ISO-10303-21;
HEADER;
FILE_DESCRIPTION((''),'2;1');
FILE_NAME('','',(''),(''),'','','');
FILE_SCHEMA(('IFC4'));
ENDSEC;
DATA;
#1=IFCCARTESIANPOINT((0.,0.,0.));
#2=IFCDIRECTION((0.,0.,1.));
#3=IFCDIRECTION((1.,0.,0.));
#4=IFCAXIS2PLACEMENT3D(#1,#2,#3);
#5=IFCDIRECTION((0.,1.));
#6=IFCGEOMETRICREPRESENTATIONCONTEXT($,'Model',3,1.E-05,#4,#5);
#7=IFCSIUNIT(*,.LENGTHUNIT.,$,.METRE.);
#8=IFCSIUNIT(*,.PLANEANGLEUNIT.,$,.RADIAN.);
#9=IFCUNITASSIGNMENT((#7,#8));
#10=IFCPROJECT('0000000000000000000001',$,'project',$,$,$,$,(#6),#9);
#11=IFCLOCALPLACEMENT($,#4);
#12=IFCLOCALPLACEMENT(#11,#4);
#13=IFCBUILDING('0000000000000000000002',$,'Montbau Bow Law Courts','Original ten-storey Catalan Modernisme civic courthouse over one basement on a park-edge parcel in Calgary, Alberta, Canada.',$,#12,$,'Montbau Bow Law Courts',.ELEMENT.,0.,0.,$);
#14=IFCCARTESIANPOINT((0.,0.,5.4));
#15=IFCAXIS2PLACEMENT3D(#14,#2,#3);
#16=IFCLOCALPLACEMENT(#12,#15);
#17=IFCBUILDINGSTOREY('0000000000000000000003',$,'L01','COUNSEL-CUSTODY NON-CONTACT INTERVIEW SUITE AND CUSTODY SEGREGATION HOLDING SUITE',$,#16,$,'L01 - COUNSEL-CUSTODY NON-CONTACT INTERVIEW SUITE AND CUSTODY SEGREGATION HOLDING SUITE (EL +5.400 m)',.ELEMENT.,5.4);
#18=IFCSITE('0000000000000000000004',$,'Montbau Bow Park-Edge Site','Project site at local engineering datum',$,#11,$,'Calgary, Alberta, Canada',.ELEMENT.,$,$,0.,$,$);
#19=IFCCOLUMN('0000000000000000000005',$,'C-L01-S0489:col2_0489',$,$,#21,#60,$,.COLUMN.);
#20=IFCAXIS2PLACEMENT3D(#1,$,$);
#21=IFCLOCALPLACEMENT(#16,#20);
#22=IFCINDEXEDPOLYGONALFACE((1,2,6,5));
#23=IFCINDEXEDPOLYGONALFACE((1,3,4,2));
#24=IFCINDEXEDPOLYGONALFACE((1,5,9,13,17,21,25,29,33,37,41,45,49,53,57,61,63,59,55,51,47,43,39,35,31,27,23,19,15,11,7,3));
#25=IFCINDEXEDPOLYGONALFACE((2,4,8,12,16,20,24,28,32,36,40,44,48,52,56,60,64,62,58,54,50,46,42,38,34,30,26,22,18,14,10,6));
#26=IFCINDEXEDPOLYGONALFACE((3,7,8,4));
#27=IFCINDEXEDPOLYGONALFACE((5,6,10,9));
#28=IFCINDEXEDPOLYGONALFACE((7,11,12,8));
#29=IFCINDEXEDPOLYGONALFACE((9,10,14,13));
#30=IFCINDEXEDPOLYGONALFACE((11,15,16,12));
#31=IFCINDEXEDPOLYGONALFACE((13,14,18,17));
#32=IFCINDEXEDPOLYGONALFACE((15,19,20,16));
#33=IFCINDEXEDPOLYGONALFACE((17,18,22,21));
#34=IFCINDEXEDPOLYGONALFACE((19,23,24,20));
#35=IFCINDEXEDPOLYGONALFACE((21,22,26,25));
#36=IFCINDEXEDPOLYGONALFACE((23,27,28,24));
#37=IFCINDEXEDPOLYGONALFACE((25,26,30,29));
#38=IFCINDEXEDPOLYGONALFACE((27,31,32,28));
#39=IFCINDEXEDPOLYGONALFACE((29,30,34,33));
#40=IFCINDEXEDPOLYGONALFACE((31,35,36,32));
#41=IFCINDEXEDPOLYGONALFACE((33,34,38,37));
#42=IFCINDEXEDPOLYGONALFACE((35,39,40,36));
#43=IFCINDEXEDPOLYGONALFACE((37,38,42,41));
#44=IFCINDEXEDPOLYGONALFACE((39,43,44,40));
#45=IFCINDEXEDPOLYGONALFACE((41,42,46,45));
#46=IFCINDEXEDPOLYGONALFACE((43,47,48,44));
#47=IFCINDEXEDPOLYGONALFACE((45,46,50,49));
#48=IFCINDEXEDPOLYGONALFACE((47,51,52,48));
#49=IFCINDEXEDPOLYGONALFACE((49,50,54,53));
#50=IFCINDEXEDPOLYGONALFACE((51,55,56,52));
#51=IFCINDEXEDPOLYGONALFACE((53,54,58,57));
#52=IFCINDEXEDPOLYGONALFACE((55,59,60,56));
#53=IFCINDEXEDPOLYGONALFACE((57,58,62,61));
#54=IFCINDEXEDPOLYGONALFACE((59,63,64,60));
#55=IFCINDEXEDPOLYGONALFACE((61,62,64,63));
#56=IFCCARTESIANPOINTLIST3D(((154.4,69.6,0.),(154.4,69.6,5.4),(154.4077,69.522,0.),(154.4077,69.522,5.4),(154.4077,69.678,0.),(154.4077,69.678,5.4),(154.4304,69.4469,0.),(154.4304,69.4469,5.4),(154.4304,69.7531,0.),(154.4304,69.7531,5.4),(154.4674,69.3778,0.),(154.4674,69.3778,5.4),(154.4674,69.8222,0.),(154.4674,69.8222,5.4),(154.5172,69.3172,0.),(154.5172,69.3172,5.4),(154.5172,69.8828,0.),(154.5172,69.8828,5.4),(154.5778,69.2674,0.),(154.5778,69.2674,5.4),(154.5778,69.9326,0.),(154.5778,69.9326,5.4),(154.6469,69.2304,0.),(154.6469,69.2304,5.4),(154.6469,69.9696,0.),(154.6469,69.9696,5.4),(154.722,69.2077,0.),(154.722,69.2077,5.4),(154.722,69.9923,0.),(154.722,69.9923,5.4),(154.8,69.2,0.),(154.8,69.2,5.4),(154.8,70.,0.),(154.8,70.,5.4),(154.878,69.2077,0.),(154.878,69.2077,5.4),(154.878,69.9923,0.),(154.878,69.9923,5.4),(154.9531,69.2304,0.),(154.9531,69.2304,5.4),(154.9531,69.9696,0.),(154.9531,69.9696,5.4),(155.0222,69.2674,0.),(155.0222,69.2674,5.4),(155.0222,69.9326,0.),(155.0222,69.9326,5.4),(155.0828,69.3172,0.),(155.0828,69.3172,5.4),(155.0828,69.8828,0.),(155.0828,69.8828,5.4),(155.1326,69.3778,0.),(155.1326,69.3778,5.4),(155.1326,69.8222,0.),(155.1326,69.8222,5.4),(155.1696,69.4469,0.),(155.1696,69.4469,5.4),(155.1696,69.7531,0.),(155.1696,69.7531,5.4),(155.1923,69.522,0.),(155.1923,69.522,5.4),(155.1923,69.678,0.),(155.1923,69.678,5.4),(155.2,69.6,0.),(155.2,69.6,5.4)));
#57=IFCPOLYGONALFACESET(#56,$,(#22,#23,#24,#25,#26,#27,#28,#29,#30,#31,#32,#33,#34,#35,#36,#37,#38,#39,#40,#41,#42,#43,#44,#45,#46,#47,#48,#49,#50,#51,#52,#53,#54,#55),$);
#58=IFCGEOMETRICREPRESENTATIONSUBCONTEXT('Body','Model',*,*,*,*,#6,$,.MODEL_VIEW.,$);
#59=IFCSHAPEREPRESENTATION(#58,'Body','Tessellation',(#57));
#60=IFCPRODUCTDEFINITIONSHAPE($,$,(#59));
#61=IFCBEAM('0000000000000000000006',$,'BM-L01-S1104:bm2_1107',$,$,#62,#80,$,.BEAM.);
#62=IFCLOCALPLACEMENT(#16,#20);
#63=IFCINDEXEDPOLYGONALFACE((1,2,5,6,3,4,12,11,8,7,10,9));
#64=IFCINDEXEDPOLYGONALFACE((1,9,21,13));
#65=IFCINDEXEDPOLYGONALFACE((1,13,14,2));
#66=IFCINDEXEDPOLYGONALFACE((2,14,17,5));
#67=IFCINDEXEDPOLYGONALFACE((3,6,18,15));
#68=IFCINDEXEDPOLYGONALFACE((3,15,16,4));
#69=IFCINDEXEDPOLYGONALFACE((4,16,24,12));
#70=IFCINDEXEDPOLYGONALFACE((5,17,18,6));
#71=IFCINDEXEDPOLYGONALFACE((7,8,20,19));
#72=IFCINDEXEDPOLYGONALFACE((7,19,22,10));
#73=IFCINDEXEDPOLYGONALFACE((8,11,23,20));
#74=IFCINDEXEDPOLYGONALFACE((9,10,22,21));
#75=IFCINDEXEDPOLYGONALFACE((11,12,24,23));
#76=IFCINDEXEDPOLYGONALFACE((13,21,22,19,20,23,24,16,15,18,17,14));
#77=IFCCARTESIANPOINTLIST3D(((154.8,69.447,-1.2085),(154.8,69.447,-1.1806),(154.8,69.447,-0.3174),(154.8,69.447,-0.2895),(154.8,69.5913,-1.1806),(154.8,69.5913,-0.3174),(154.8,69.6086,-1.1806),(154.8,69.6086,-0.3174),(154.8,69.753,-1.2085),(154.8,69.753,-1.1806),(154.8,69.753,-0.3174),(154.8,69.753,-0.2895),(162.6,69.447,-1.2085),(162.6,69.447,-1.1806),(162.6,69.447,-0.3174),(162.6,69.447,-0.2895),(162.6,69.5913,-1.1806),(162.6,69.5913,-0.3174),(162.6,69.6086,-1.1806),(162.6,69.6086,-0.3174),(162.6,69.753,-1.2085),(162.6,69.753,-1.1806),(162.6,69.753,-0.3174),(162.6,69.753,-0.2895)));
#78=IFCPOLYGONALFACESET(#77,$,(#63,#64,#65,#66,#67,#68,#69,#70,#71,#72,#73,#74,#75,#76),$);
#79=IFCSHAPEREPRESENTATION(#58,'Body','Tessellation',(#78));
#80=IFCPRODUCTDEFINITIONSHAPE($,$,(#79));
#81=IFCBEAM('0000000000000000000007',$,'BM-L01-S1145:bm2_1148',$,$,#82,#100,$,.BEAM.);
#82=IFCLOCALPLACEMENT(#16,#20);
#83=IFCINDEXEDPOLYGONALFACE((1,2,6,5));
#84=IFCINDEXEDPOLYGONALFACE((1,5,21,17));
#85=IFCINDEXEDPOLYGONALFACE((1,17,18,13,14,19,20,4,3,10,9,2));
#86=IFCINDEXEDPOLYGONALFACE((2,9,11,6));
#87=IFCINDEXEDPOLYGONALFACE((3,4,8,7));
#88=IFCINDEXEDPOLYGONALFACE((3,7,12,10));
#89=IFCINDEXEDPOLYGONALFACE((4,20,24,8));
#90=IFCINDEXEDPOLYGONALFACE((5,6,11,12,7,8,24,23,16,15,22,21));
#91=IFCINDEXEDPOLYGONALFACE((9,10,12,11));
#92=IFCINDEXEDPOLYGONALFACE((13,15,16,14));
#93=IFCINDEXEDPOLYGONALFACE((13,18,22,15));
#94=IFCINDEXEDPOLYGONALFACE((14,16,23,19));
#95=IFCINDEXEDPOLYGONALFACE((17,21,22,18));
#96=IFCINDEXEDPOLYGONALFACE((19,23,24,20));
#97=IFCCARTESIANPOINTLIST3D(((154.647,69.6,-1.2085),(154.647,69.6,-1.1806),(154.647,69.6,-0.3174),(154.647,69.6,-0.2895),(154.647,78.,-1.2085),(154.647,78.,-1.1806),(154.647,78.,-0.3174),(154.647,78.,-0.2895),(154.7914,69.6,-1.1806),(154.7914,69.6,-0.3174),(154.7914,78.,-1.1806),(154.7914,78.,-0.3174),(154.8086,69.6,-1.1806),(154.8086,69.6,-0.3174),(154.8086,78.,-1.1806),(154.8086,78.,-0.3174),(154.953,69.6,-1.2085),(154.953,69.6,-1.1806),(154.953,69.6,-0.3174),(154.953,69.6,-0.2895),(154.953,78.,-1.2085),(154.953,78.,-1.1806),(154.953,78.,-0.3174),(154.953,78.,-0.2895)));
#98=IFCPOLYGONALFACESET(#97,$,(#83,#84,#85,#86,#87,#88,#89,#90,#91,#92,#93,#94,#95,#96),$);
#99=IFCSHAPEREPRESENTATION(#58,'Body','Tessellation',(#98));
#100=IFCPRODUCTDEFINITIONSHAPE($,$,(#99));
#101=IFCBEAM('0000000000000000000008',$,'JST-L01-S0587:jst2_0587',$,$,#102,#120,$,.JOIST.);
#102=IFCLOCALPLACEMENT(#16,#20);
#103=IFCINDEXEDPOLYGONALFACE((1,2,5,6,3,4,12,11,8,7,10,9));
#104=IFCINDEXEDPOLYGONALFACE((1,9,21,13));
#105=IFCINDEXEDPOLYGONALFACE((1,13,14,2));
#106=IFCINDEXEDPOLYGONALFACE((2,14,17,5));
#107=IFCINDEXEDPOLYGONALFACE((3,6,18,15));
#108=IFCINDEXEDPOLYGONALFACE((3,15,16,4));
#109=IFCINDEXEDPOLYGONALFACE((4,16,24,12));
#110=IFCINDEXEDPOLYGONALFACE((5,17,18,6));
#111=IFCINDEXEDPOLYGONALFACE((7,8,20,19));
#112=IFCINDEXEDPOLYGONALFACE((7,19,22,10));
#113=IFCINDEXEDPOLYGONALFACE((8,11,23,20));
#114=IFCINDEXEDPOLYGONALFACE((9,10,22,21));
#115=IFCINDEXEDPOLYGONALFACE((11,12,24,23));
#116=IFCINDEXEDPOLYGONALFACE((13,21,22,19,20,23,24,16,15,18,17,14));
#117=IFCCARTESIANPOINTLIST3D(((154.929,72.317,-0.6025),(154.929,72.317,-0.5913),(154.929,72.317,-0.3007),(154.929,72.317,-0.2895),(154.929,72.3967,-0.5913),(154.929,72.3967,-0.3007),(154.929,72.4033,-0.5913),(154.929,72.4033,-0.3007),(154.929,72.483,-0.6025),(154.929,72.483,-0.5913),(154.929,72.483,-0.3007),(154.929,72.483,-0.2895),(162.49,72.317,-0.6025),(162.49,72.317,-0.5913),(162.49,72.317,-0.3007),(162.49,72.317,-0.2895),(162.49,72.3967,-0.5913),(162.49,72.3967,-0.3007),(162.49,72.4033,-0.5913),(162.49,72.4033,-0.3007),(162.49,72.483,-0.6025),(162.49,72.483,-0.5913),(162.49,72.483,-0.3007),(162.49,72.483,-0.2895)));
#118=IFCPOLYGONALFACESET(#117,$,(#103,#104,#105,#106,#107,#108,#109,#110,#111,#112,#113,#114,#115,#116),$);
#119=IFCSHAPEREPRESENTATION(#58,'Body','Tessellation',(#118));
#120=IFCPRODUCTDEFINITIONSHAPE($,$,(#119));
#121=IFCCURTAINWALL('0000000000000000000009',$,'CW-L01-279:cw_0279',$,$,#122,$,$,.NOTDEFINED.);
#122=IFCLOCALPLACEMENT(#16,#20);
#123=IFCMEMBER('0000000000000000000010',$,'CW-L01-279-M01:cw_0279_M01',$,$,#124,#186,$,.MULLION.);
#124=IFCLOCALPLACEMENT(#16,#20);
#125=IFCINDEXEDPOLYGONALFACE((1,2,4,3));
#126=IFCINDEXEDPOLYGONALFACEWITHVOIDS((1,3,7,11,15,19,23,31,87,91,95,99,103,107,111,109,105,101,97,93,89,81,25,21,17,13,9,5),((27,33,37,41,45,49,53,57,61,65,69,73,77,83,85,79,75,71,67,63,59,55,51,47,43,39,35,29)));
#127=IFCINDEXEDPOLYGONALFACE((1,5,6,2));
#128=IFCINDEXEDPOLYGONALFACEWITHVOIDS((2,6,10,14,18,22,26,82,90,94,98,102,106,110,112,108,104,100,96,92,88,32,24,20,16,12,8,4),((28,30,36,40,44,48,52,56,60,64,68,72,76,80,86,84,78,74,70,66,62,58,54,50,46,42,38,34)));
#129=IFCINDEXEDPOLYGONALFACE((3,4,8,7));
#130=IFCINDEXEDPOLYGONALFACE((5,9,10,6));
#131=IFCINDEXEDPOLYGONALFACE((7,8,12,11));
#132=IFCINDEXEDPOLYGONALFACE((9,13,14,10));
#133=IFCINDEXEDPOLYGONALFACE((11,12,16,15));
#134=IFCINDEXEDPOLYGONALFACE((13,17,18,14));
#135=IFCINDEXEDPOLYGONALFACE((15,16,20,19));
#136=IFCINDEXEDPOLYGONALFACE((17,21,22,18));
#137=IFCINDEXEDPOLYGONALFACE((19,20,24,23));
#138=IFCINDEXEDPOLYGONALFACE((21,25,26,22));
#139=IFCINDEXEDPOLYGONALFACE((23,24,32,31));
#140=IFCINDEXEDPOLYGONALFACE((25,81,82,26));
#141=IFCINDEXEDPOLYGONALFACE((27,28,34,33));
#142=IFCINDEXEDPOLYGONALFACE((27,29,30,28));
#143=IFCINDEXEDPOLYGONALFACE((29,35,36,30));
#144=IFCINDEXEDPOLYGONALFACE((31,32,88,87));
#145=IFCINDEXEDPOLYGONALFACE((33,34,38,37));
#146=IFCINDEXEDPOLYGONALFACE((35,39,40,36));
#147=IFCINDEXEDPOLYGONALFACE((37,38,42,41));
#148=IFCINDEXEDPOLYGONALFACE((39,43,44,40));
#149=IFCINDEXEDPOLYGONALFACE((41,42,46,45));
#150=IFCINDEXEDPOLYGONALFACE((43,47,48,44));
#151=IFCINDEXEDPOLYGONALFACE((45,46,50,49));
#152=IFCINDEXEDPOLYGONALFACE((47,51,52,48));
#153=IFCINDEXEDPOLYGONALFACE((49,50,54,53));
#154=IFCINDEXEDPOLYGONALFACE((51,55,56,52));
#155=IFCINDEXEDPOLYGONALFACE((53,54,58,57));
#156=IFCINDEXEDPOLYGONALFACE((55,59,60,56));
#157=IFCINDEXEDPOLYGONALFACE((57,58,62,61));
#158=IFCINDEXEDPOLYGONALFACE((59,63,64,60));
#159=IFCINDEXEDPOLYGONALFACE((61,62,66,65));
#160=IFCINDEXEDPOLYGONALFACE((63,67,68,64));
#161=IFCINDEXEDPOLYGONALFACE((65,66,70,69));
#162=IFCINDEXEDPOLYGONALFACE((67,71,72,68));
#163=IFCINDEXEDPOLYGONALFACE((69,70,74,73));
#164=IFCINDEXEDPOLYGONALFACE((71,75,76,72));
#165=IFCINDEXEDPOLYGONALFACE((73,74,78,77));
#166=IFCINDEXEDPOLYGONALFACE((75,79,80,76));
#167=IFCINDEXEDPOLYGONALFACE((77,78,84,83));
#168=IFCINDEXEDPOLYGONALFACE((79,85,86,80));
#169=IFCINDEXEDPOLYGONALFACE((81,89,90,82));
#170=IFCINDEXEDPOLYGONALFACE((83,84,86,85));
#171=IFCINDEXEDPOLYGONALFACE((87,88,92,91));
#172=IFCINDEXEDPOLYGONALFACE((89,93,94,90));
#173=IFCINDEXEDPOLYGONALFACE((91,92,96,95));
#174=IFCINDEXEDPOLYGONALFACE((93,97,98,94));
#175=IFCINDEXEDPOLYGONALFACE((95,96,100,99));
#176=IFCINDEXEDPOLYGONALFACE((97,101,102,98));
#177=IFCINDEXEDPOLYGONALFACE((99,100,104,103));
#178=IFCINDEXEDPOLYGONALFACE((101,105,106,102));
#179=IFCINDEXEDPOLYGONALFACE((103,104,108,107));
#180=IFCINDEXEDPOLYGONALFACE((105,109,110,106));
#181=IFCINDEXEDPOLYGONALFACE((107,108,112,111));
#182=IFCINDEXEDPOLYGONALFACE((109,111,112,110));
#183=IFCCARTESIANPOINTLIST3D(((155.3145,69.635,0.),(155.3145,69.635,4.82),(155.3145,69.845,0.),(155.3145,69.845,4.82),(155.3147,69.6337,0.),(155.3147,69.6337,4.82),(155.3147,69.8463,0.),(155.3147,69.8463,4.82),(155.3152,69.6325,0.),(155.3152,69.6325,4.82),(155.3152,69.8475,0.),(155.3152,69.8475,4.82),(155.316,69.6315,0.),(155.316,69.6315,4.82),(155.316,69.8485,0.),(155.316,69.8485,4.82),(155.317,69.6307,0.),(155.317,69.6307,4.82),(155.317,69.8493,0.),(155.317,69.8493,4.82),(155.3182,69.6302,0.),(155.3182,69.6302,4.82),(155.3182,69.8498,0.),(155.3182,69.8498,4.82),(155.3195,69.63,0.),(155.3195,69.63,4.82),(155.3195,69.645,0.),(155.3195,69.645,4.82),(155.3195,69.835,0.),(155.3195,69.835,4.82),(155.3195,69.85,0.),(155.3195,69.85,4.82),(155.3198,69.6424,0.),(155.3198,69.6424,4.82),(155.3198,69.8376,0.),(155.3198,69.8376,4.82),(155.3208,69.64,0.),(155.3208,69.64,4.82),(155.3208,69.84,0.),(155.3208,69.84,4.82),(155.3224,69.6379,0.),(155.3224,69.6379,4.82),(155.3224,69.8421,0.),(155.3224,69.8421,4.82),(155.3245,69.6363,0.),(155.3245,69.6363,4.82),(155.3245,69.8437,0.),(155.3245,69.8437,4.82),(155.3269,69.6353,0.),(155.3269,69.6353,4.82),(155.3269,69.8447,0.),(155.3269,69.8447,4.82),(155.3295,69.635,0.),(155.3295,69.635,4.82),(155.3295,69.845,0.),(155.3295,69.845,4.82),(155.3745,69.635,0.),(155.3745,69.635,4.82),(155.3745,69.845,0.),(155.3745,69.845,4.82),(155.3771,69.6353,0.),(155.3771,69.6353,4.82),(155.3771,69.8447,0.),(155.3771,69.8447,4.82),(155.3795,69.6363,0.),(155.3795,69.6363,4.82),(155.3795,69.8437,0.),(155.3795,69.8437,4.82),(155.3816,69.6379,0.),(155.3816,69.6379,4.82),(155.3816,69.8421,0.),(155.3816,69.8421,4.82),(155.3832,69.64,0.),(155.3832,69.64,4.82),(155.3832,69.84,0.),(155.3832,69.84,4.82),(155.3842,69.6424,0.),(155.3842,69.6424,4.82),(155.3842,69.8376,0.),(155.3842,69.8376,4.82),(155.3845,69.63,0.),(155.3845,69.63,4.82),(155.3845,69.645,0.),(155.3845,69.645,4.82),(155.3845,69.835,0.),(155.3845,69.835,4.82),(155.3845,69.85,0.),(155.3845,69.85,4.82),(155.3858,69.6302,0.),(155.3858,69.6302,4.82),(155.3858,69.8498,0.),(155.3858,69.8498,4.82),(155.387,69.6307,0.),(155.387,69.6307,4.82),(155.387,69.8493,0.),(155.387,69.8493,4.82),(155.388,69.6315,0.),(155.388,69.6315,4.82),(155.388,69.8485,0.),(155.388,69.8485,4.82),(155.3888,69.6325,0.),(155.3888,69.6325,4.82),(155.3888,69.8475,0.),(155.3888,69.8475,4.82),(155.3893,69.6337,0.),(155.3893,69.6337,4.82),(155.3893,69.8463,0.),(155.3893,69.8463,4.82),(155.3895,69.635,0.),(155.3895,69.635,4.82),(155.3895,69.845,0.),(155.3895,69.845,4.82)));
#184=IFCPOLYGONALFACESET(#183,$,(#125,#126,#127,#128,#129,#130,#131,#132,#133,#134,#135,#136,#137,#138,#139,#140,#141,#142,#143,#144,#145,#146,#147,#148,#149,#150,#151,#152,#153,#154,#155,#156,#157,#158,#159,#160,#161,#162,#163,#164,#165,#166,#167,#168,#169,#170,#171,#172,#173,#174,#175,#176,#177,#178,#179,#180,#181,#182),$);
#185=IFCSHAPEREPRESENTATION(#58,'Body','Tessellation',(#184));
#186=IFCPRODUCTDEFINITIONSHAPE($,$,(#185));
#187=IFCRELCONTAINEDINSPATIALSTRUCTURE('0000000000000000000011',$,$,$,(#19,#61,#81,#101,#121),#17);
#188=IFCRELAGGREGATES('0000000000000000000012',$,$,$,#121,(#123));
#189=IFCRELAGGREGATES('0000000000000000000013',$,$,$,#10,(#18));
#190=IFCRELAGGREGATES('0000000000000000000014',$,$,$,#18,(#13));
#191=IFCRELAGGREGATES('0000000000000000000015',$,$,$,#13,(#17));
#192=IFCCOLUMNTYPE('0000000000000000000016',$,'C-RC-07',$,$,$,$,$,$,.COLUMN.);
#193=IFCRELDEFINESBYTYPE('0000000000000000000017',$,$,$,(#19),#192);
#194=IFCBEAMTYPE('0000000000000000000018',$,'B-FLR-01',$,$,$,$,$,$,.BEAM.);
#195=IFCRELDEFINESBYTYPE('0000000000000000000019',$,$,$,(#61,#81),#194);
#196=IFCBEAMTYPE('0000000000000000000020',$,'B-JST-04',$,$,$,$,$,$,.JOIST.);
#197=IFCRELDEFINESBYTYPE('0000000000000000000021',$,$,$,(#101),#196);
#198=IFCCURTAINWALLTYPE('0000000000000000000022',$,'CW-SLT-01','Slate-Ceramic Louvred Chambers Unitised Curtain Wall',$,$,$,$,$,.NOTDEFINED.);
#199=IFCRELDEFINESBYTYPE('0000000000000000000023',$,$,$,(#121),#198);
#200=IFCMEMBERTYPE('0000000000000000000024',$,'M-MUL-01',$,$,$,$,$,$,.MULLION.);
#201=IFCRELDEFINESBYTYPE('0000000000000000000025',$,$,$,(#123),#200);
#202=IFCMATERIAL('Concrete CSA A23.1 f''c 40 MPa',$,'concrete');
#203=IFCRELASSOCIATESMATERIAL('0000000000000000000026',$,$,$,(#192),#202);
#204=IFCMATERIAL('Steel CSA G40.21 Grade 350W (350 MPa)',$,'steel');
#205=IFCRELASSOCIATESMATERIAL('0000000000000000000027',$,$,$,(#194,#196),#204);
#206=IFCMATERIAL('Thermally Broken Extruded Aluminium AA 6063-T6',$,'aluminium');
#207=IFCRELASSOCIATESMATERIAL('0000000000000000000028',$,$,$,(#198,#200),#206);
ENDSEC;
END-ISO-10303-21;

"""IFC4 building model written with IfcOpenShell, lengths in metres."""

from ifc_helpers import new_model, si_unit, direction, frame, origin_with_axes, origin_2d_with_axis, place, context, subcontext, project, spatial, hollow_rectangle, circle, i_section, extrude, material, material_profile, profile_set, type_object, element, aggregate, save


model = new_model("IFC4")

# Units and contexts
model_context = context("Model", 3, precision=1e-05, world=origin_with_axes(), true_north=direction((0.0, 1.0)))
body_context = subcontext(model_context, "Body", "Model", "MODEL_VIEW")
ifc_project = project(units=[si_unit("LENGTHUNIT", "METRE"), si_unit("PLANEANGLEUNIT", "RADIAN")], contexts=[model_context])

# Site, building, storey
site_placement = place(None, origin_with_axes())
site = spatial("IfcSite", under=ifc_project, at=site_placement, Name="Montbau Bow Park-Edge Site", Description="Project site at local engineering datum", LongName="Calgary, Alberta, Canada", CompositionType="ELEMENT", RefElevation=0.0)
building_placement = place(site_placement, origin_with_axes())
building = spatial("IfcBuilding", under=site, at=building_placement, Name="Montbau Bow Law Courts", Description="Original ten-storey Catalan Modernisme civic courthouse over one basement on a park-edge parcel in Calgary, Alberta, Canada.", LongName="Montbau Bow Law Courts", CompositionType="ELEMENT", ElevationOfRefHeight=0.0, ElevationOfTerrain=0.0)
storey_placement = place(building_placement, frame((0.0, 0.0, 5.4), z_axis=(0.0, 0.0, 1.0), x_axis=(1.0, 0.0, 0.0)))
storey = spatial("IfcBuildingStorey", under=building, at=storey_placement, Name="L01", Description="COUNSEL-CUSTODY NON-CONTACT INTERVIEW SUITE AND CUSTODY SEGREGATION HOLDING SUITE", LongName="L01 - COUNSEL-CUSTODY NON-CONTACT INTERVIEW SUITE AND CUSTODY SEGREGATION HOLDING SUITE (EL +5.400 m)", CompositionType="ELEMENT", Elevation=5.4)

# Column
ifc_material_1 = material(Name="Concrete CSA A23.1 f'c 40 MPa", Category="concrete")
ifc_material_profile_1 = material_profile(ifc_material_1, circle(Radius=0.4, at=origin_2d_with_axis()), Name="RC800D", Category="Main", Priority=0)
ifc_profile_set_1 = profile_set([ifc_material_profile_1], Name="Concrete CSA A23.1 f'c 40 MPa")
column_type = type_object("IfcColumnType", Name="C-RC-07", PredefinedType="COLUMN", material=ifc_profile_set_1)
column_placement = place(None, frame((154.8, 69.6, 5.4), z_axis=(0.0, 0.0, 1.0), x_axis=(1.0, 0.0, 0.0)))
element("IfcColumn", 1, at=column_placement, inside=storey, type_object=column_type, Name="C-L01-S0489:col2_0489", PredefinedType="COLUMN", context=body_context, shape_type="SweptSolid", body=[
    extrude(circle(Radius=0.4, at=origin_2d_with_axis()), origin_with_axes(), (0.0, 0.0, 1.0), 5.4),
])

# Beams
ifc_material_2 = material(Name="Steel CSA G40.21 Grade 350W (350 MPa)", Category="steel")
ifc_material_profile_2 = material_profile(ifc_material_2, i_section(OverallWidth=0.306, OverallDepth=0.919, WebThickness=0.0173, FlangeThickness=0.0279, at=origin_2d_with_axis()), Name="W920X253", Category="Main", Priority=0)
ifc_profile_set_2 = profile_set([ifc_material_profile_2], Name="Steel CSA G40.21 Grade 350W (350 MPa)")
beam_type_1 = type_object("IfcBeamType", Name="B-FLR-01", PredefinedType="BEAM", material=ifc_profile_set_2)
beam_1_placement = place(None, frame((154.8, 69.6, 4.651), z_axis=(1.0, 0.0, 0.0), x_axis=(0.0, 1.0, 0.0)))
element("IfcBeam", 2, at=beam_1_placement, inside=storey, type_object=beam_type_1, Name="BM-L01-S1104:bm2_1107", PredefinedType="BEAM", context=body_context, shape_type="SweptSolid", body=[
    extrude(i_section(OverallWidth=0.306, OverallDepth=0.919, WebThickness=0.0173, FlangeThickness=0.0279, at=origin_2d_with_axis()), origin_with_axes(), (0.0, 0.0, 1.0), 7.8),
])
beam_2_placement = place(None, frame((154.8, 69.6, 4.651), z_axis=(0.0, 1.0, 0.0), x_axis=(-1.0, 0.0, 0.0)))
element("IfcBeam", 3, at=beam_2_placement, inside=storey, type_object=beam_type_1, Name="BM-L01-S1145:bm2_1148", PredefinedType="BEAM", context=body_context, shape_type="SweptSolid", body=[
    extrude(i_section(OverallWidth=0.306, OverallDepth=0.919, WebThickness=0.0173, FlangeThickness=0.0279, at=origin_2d_with_axis()), origin_with_axes(), (0.0, 0.0, 1.0), 8.4),
])
ifc_material_profile_3 = material_profile(ifc_material_2, i_section(OverallWidth=0.166, OverallDepth=0.313, WebThickness=0.0066, FlangeThickness=0.0112, at=origin_2d_with_axis()), Name="W310X45", Category="Main", Priority=0)
ifc_profile_set_3 = profile_set([ifc_material_profile_3], Name="Steel CSA G40.21 Grade 350W (350 MPa)")
beam_type_2 = type_object("IfcBeamType", Name="B-JST-04", PredefinedType="JOIST", material=ifc_profile_set_3)
beam_3_placement = place(None, frame((154.929, 72.4, 4.954), z_axis=(1.0, 0.0, 0.0), x_axis=(0.0, 1.0, 0.0)))
element("IfcBeam", 4, at=beam_3_placement, inside=storey, type_object=beam_type_2, Name="JST-L01-S0587:jst2_0587", PredefinedType="JOIST", context=body_context, shape_type="SweptSolid", body=[
    extrude(i_section(OverallWidth=0.166, OverallDepth=0.313, WebThickness=0.0066, FlangeThickness=0.0112, at=origin_2d_with_axis()), origin_with_axes(), (0.0, 0.0, 1.0), 7.561),
])

# Curtain wall, member
ifc_material_3 = material(Name="Thermally Broken Extruded Aluminium AA 6063-T6", Category="aluminium")
curtain_wall_type = type_object("IfcCurtainWallType", Name="CW-SLT-01", Description="Slate-Ceramic Louvred Chambers Unitised Curtain Wall", PredefinedType="NOTDEFINED", material=ifc_material_3)
curtain_wall_1_placement = place(None, frame((155.315, 69.74, 5.4), z_axis=(0.0, 0.0, 1.0), x_axis=(1.0, 0.0, 0.0)))
curtain_wall_1 = element("IfcCurtainWall", 5, at=curtain_wall_1_placement, inside=storey, type_object=curtain_wall_type, Name="CW-L01-279:cw_0279", PredefinedType="NOTDEFINED")
ifc_material_profile_4 = material_profile(ifc_material_3, hollow_rectangle(XDim=0.075, YDim=0.22, WallThickness=0.005, InnerFilletRadius=0.01, OuterFilletRadius=0.005, at=origin_2d_with_axis()), Name="CWM-220X75", Category="Main", Priority=0)
ifc_profile_set_4 = profile_set([ifc_material_profile_4], Name="Thermally Broken Extruded Aluminium AA 6063-T6")
member_type_1 = type_object("IfcMemberType", Name="M-MUL-01", PredefinedType="MULLION", material=ifc_profile_set_4)
member_1_placement = place(None, frame((155.352, 69.74, 5.4), z_axis=(0.0, 0.0, 1.0), x_axis=(1.0, 0.0, 0.0)))
member_1 = element("IfcMember", 6, at=member_1_placement, type_object=member_type_1, Name="CW-L01-279-M01:cw_0279_M01", PredefinedType="MULLION", context=body_context, shape_type="SweptSolid", body=[
    extrude(hollow_rectangle(XDim=0.075, YDim=0.22, WallThickness=0.005, InnerFilletRadius=0.01, OuterFilletRadius=0.005, at=origin_2d_with_axis()), origin_with_axes(), (0.0, 0.0, 1.0), 4.82),
])

aggregate(curtain_wall_1, [member_1])

save(model, "model.ifc")
